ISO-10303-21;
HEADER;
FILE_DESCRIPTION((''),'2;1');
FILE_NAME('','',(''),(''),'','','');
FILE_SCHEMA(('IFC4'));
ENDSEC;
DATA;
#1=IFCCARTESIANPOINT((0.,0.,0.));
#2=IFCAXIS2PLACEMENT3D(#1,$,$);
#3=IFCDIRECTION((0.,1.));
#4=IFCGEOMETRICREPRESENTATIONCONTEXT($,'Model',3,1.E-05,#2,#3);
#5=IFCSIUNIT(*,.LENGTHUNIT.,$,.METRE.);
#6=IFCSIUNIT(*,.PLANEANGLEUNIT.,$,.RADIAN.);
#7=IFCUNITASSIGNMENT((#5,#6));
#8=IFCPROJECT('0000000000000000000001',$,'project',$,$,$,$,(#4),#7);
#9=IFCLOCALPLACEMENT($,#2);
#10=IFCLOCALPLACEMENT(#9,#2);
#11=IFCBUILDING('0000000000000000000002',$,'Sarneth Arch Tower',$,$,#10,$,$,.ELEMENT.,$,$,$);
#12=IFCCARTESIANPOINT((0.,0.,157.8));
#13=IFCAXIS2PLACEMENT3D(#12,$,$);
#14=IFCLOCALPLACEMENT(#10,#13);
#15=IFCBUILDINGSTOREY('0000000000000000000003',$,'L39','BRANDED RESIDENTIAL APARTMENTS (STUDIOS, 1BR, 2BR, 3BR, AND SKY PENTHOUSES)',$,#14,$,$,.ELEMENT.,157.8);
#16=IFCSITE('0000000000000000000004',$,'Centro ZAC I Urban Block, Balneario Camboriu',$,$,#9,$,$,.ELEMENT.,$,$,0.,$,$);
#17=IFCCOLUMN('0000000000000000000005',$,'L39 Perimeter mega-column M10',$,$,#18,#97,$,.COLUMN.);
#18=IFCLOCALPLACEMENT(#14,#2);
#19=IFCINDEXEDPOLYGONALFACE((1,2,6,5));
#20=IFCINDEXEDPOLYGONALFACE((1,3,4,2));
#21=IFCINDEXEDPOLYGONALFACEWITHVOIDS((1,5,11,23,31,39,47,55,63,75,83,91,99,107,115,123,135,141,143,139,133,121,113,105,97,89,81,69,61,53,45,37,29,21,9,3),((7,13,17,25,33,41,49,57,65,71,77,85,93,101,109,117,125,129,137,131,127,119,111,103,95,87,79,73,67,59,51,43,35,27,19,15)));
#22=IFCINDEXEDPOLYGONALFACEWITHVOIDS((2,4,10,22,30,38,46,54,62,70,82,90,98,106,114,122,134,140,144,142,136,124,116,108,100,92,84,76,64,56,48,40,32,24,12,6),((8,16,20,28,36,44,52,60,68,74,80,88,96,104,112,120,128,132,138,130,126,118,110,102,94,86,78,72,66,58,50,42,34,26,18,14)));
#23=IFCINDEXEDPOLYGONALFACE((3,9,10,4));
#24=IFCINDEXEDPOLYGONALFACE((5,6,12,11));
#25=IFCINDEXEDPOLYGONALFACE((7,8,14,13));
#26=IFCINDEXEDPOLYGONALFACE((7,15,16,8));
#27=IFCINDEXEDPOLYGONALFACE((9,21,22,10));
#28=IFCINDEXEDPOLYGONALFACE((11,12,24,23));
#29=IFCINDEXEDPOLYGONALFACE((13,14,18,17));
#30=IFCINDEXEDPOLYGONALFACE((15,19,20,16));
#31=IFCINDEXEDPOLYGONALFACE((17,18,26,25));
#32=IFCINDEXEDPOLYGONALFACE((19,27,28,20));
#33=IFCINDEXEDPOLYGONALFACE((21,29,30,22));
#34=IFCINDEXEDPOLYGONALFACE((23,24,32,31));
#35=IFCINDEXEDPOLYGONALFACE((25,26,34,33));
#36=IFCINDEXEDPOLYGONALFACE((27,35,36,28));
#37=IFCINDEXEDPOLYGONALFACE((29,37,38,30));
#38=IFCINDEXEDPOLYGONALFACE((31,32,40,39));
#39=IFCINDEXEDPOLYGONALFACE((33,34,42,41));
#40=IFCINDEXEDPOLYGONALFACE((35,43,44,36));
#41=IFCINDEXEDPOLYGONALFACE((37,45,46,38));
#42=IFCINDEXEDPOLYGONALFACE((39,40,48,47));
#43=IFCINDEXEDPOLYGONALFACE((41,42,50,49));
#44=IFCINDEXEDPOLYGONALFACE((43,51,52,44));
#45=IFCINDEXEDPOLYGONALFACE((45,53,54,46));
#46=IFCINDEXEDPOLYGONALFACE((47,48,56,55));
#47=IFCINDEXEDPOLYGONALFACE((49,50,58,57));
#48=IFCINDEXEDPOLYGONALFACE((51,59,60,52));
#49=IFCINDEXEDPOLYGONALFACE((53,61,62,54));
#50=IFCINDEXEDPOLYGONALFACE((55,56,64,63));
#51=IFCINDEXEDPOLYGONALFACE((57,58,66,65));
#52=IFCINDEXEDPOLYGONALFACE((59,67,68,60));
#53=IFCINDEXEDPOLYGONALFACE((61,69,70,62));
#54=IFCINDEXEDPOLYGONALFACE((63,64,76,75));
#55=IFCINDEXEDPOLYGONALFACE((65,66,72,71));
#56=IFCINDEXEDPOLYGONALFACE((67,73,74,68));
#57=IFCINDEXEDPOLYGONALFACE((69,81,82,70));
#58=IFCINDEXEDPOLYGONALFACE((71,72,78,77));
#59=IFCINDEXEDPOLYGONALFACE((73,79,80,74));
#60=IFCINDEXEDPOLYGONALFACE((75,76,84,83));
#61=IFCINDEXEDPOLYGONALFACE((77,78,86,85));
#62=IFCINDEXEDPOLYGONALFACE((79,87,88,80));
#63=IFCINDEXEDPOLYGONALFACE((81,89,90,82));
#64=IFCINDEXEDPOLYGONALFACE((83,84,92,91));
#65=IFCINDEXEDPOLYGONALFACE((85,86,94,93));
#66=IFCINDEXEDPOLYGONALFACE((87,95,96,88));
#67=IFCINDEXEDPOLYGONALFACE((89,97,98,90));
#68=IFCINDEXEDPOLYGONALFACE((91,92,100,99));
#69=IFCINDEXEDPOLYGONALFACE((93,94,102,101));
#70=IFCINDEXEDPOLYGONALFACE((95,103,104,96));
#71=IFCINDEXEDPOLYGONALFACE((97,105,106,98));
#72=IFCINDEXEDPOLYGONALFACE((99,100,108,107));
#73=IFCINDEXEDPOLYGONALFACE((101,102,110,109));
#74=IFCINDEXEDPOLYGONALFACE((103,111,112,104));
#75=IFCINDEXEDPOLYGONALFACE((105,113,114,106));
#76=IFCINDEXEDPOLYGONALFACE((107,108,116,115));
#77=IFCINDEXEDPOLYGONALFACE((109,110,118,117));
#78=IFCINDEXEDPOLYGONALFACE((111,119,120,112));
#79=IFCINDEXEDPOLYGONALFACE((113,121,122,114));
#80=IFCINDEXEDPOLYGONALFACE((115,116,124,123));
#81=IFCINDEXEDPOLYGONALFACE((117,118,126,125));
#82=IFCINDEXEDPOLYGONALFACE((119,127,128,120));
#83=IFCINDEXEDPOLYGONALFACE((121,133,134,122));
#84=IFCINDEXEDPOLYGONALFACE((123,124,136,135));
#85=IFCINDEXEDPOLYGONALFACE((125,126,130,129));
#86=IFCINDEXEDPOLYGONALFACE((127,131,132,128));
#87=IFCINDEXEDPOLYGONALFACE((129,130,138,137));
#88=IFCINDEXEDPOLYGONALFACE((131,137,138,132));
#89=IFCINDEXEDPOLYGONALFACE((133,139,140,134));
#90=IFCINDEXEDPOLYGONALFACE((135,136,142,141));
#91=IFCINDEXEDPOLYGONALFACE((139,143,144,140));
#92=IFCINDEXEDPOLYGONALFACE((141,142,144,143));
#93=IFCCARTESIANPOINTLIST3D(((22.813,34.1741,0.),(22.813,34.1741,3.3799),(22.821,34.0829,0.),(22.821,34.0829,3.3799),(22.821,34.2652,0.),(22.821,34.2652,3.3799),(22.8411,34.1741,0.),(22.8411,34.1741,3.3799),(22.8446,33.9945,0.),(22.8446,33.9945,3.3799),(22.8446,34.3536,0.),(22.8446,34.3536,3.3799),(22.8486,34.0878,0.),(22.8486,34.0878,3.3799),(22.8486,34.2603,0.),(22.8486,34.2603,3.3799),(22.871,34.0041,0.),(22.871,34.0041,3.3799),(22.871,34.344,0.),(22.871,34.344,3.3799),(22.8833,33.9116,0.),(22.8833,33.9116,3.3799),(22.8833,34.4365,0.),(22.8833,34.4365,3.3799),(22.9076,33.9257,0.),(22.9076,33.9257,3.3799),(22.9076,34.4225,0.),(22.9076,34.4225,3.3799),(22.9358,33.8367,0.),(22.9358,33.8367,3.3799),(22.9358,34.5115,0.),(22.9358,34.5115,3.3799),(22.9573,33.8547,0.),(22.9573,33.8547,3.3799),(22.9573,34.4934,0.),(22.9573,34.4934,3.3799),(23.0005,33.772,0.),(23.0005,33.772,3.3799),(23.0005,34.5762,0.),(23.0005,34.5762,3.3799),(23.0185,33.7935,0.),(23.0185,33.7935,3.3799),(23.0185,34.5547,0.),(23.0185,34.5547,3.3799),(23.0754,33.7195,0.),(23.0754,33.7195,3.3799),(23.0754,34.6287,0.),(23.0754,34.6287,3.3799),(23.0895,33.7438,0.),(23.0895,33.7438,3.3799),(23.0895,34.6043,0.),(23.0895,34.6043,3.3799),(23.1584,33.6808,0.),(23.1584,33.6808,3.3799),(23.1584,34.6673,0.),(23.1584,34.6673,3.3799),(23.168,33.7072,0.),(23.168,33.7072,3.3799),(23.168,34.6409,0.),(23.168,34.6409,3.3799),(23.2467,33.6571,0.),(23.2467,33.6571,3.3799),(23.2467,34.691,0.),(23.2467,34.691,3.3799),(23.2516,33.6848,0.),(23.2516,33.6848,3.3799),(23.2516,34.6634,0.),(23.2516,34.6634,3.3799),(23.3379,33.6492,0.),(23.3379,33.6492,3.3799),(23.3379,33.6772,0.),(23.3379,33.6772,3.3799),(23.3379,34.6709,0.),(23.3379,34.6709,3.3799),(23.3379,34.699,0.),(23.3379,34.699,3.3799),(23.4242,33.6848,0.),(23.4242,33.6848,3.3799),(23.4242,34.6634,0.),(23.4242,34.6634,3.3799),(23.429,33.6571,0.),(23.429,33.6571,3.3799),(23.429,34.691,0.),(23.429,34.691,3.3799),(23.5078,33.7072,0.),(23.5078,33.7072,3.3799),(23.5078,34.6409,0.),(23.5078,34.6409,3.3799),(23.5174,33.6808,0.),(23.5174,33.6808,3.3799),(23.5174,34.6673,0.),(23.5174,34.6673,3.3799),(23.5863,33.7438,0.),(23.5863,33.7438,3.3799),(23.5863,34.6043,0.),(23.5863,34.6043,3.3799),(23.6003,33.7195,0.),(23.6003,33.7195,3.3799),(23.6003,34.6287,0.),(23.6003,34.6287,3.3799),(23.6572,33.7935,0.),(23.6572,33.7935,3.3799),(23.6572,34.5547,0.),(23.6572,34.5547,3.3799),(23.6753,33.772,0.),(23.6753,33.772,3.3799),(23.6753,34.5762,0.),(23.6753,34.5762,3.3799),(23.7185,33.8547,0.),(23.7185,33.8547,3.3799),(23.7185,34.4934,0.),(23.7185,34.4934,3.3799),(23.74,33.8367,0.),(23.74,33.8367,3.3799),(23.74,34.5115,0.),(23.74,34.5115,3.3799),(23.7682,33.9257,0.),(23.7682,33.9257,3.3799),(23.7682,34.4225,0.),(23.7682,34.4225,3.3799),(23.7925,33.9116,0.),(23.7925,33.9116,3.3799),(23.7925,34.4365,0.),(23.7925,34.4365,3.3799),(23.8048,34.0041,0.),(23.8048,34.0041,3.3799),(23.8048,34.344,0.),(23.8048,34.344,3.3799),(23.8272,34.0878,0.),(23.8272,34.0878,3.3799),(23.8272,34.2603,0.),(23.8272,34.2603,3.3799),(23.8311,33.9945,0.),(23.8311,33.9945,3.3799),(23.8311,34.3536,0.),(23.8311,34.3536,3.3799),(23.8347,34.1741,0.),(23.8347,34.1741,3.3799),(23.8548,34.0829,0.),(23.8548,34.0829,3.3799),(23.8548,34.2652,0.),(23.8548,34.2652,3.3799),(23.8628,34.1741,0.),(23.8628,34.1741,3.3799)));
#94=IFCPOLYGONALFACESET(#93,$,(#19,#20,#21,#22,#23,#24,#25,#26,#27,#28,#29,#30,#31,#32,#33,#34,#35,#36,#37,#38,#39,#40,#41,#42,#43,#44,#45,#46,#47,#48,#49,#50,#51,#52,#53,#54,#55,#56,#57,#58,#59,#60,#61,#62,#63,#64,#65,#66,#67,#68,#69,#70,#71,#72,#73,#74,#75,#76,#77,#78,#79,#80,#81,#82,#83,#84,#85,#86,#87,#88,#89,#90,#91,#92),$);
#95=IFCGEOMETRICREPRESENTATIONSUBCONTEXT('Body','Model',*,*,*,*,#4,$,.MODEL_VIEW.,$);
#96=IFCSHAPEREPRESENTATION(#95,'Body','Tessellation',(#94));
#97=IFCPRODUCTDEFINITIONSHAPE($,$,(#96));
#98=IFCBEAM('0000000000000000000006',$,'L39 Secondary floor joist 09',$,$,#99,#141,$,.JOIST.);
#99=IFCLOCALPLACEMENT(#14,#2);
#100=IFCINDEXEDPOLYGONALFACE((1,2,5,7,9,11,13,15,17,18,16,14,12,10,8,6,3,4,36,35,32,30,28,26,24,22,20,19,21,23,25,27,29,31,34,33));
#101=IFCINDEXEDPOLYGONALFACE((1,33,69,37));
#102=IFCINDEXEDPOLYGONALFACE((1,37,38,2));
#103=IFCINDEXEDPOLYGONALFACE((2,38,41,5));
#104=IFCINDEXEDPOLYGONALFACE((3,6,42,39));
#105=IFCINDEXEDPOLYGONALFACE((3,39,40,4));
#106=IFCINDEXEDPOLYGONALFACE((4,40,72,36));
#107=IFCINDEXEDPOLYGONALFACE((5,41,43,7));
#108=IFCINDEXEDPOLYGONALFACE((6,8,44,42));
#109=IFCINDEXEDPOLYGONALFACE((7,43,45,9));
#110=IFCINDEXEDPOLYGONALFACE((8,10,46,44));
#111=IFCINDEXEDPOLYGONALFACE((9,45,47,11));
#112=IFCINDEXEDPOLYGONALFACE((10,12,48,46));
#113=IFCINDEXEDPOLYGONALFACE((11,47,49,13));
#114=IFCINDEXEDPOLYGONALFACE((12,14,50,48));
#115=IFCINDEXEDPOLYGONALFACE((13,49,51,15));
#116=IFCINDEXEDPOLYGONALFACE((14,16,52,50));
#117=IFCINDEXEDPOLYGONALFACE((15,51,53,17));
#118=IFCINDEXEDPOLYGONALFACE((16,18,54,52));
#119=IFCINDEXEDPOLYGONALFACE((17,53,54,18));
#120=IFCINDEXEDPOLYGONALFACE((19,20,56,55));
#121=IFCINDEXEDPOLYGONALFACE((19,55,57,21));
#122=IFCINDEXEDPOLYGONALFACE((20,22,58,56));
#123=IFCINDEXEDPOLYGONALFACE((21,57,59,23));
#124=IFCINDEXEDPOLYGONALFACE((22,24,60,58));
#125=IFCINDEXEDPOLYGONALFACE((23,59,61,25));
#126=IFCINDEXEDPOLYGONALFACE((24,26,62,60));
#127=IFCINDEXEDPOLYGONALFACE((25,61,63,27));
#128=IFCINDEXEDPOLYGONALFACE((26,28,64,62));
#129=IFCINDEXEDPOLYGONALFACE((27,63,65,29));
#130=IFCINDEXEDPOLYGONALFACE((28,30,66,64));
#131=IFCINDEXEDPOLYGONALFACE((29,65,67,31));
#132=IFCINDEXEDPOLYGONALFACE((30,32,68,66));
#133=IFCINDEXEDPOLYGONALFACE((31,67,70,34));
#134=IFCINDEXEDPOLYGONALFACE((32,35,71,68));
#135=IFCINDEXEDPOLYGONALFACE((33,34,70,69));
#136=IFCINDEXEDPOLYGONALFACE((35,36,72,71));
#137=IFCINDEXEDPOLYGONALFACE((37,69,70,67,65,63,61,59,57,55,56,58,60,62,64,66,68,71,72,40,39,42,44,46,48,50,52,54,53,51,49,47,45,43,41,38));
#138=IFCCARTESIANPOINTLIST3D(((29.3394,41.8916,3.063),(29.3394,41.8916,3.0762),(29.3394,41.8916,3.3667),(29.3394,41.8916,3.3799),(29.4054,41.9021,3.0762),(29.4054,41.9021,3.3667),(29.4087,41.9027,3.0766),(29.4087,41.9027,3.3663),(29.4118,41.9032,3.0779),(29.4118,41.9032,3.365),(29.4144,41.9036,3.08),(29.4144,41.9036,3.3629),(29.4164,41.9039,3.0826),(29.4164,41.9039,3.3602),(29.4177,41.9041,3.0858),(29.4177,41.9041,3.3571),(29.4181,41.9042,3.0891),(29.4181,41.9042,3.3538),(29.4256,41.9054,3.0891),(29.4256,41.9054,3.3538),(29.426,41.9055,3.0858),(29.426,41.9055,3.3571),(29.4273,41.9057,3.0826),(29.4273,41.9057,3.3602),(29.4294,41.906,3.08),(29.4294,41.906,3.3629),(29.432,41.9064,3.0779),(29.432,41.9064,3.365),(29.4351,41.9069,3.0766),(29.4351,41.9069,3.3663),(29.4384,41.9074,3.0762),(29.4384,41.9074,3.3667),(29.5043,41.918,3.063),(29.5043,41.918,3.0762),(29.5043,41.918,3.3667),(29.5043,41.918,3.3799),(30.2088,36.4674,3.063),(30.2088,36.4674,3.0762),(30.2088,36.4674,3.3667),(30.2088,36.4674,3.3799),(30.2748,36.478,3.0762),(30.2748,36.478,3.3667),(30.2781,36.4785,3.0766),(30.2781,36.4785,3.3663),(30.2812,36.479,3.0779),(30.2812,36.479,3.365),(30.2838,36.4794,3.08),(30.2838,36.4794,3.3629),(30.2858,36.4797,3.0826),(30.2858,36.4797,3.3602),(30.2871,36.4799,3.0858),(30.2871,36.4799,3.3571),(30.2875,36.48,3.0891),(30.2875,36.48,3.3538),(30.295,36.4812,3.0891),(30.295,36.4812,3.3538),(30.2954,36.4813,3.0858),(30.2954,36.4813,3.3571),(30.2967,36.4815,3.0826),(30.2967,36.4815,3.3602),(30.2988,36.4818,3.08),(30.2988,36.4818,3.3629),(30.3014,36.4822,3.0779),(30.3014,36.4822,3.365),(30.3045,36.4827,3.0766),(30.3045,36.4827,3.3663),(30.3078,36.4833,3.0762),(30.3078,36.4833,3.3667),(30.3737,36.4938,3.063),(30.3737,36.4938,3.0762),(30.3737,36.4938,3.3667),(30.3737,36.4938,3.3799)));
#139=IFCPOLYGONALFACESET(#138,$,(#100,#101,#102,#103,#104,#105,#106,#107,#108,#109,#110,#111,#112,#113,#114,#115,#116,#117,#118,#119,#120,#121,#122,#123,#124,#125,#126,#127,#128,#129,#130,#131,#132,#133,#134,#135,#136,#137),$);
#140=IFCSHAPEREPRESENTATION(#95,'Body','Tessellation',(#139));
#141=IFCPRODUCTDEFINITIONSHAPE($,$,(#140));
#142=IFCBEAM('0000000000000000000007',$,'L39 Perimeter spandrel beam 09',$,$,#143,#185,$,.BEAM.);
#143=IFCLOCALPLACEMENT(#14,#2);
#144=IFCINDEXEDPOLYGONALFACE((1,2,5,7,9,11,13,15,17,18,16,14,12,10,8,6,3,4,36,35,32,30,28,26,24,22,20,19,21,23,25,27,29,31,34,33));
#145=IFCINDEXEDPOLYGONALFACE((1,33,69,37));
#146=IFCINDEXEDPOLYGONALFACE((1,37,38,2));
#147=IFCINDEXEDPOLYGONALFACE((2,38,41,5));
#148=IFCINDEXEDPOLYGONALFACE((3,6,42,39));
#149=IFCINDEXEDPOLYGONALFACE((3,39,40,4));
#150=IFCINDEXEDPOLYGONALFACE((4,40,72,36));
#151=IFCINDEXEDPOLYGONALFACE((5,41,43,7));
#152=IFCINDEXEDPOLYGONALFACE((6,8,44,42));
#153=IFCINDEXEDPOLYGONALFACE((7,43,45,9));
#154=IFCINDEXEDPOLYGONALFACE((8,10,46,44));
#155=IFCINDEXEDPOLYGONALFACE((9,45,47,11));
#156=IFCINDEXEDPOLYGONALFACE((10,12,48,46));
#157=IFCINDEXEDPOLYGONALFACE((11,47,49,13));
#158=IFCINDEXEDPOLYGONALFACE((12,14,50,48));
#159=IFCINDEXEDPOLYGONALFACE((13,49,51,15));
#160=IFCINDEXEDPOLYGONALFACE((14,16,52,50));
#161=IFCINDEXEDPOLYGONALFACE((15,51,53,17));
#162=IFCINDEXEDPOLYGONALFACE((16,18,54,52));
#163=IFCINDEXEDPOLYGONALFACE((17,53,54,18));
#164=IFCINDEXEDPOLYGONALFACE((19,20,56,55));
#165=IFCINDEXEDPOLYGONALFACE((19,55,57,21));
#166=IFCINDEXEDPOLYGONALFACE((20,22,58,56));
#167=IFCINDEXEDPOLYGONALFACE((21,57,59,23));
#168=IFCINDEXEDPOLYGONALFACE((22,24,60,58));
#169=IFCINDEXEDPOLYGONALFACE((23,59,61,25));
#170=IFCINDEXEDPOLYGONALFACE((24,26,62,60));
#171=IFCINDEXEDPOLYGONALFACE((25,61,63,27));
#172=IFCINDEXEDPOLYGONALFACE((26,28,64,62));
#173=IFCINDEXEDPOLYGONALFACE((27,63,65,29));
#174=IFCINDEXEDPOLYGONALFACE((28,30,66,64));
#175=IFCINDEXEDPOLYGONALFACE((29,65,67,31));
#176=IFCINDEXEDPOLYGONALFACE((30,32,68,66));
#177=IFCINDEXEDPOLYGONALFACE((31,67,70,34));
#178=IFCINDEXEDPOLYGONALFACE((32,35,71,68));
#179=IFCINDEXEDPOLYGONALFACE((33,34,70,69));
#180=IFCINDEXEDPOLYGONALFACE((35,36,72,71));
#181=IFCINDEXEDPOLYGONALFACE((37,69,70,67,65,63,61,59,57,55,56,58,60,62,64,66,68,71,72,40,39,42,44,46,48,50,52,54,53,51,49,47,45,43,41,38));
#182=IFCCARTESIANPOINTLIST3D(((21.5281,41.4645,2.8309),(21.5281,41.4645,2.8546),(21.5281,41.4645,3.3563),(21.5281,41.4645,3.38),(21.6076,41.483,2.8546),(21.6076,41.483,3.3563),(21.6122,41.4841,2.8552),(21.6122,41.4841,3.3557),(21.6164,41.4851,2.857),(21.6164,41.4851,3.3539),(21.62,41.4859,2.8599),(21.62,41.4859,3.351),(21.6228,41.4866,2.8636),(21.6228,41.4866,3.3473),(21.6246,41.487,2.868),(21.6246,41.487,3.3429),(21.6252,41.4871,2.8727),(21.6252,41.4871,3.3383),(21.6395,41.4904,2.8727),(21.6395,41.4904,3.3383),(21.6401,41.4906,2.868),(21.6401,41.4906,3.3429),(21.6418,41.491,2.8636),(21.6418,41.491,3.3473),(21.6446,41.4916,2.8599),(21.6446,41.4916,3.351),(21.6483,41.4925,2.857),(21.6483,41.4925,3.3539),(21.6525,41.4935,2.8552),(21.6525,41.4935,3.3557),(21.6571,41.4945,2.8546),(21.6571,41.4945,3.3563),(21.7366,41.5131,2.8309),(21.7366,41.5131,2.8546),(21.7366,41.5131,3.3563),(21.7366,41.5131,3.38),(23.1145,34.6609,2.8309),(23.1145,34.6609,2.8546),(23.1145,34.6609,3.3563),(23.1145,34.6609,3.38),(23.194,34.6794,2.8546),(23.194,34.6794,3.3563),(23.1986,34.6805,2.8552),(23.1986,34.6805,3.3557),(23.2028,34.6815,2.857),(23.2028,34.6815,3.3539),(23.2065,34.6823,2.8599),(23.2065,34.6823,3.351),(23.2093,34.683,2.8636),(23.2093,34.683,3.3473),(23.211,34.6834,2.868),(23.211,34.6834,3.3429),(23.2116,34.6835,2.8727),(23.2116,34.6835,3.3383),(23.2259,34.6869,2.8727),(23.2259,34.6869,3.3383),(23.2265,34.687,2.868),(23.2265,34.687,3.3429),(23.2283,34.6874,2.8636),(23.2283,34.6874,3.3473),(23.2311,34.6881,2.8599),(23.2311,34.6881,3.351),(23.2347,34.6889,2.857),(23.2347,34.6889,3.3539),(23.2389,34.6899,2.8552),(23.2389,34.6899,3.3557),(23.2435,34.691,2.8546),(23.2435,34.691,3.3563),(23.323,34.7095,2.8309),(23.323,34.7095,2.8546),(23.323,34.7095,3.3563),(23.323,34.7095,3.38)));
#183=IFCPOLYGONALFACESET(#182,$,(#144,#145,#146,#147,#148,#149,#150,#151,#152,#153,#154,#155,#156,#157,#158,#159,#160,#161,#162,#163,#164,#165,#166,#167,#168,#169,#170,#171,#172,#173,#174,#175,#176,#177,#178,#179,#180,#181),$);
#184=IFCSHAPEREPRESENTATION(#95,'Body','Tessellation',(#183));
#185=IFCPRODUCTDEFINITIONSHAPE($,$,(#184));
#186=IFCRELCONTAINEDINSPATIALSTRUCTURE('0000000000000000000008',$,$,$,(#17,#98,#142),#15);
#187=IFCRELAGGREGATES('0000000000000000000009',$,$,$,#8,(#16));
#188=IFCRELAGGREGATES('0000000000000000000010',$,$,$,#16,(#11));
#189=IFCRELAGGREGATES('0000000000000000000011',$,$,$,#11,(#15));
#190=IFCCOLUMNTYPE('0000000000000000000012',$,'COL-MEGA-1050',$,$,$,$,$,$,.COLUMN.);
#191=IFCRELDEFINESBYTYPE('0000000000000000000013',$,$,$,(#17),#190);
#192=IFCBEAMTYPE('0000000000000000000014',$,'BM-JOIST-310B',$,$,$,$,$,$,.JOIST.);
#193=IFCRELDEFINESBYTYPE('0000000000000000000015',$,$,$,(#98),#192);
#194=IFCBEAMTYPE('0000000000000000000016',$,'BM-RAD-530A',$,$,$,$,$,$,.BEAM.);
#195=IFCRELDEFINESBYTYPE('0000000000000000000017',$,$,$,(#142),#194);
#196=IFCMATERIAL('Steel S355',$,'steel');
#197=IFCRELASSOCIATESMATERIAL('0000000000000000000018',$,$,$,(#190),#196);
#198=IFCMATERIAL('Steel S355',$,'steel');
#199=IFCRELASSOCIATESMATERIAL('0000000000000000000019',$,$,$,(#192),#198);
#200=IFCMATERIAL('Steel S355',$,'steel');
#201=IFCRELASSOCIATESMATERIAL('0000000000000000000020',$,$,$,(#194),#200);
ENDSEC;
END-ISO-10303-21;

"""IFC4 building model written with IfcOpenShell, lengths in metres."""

from ifc_helpers import new_model, si_unit, direction, frame, origin, origin_2d, place, context, subcontext, project, spatial, hollow_circle, i_section, extrude, material, material_profile, profile_set, type_object, element, save


model = new_model("IFC4")

# Units and contexts
model_context = context("Model", 3, precision=1e-05, world=origin(), true_north=direction((0.0, 1.0)))
body_context = subcontext(model_context, "Body", "Model", "MODEL_VIEW")
ifc_project = project(units=[si_unit("LENGTHUNIT", "METRE"), si_unit("PLANEANGLEUNIT", "RADIAN")], contexts=[model_context])

# Site, building, storey
site_placement = place(None, origin())
site = spatial("IfcSite", under=ifc_project, at=site_placement, Name="Centro ZAC I Urban Block, Balneario Camboriu", CompositionType="ELEMENT", RefElevation=0.0)
building_placement = place(site_placement, origin())
building = spatial("IfcBuilding", under=site, at=building_placement, Name="Sarneth Arch Tower", CompositionType="ELEMENT")
storey_placement = place(building_placement, frame((0.0, 0.0, 157.8)))
storey = spatial("IfcBuildingStorey", under=building, at=storey_placement, Name="L39", Description="BRANDED RESIDENTIAL APARTMENTS (STUDIOS, 1BR, 2BR, 3BR, AND SKY PENTHOUSES)", CompositionType="ELEMENT", Elevation=157.8)

# Column
ifc_material_1 = material(Name="Steel S355", Category="steel")
ifc_material_profile_1 = material_profile(ifc_material_1, hollow_circle(Radius=0.5249, WallThickness=0.0281, at=origin_2d()), Name="CHS1050x28")
ifc_profile_set_1 = profile_set([ifc_material_profile_1], Name="Steel S355")
column_type = type_object("IfcColumnType", Name="COL-MEGA-1050", PredefinedType="COLUMN", material=ifc_profile_set_1)
column_placement = place(storey_placement, frame((23.3379, 34.1741, 0.0), z_axis=(0.0, 0.0, 1.0), x_axis=(1.0, 0.0, 0.0)))
element("IfcColumn", 1, at=column_placement, inside=storey, type_object=column_type, Name="L39 Perimeter mega-column M10", PredefinedType="COLUMN", context=body_context, shape_type="SweptSolid", body=[
    extrude(hollow_circle(Radius=0.5249, WallThickness=0.0281, at=origin_2d()), origin(), (0.0, 0.0, 1.0), 3.3799),
])

# Beams
ifc_material_2 = material(Name="Steel S355", Category="steel")
ifc_material_profile_2 = material_profile(ifc_material_2, i_section(OverallWidth=0.167, OverallDepth=0.3169, WebThickness=0.0076, FlangeThickness=0.0132, FilletRadius=0.0129, at=origin_2d()), Name="W310x52")
ifc_profile_set_2 = profile_set([ifc_material_profile_2], Name="Steel S355")
beam_type_1 = type_object("IfcBeamType", Name="BM-JOIST-310B", PredefinedType="JOIST", material=ifc_profile_set_2)
beam_1_placement = place(storey_placement, frame((29.4219, 41.9048, 3.2214), z_axis=(0.158263, -0.987397, 0.0), x_axis=(0.987397, 0.158263, 0.0)))
element("IfcBeam", 2, at=beam_1_placement, inside=storey, type_object=beam_type_1, Name="L39 Secondary floor joist 09", PredefinedType="JOIST", context=body_context, shape_type="SweptSolid", body=[
    extrude(i_section(OverallWidth=0.167, OverallDepth=0.3169, WebThickness=0.0076, FlangeThickness=0.0132, FilletRadius=0.0129, at=origin_2d()), origin(), (0.0, 0.0, 1.0), 5.4934),
])
ifc_material_3 = material(Name="Steel S355", Category="steel")
ifc_material_profile_3 = material_profile(ifc_material_3, i_section(OverallWidth=0.2141, OverallDepth=0.5491, WebThickness=0.0146, FlangeThickness=0.0237, FilletRadius=0.0181, at=origin_2d()), Name="W530x138")
ifc_profile_set_3 = profile_set([ifc_material_profile_3], Name="Steel S355")
beam_type_2 = type_object("IfcBeamType", Name="BM-RAD-530A", PredefinedType="BEAM", material=ifc_profile_set_3)
beam_2_placement = place(storey_placement, frame((21.6323, 41.4888, 3.1055), z_axis=(0.227087, -0.973874, 0.0), x_axis=(0.973874, 0.227087, 0.0)))
element("IfcBeam", 3, at=beam_2_placement, inside=storey, type_object=beam_type_2, Name="L39 Perimeter spandrel beam 09", PredefinedType="BEAM", context=body_context, shape_type="SweptSolid", body=[
    extrude(i_section(OverallWidth=0.2141, OverallDepth=0.5491, WebThickness=0.0146, FlangeThickness=0.0237, FilletRadius=0.0181, at=origin_2d()), origin(), (0.0, 0.0, 1.0), 6.9861),
])

save(model, "model.ifc")
